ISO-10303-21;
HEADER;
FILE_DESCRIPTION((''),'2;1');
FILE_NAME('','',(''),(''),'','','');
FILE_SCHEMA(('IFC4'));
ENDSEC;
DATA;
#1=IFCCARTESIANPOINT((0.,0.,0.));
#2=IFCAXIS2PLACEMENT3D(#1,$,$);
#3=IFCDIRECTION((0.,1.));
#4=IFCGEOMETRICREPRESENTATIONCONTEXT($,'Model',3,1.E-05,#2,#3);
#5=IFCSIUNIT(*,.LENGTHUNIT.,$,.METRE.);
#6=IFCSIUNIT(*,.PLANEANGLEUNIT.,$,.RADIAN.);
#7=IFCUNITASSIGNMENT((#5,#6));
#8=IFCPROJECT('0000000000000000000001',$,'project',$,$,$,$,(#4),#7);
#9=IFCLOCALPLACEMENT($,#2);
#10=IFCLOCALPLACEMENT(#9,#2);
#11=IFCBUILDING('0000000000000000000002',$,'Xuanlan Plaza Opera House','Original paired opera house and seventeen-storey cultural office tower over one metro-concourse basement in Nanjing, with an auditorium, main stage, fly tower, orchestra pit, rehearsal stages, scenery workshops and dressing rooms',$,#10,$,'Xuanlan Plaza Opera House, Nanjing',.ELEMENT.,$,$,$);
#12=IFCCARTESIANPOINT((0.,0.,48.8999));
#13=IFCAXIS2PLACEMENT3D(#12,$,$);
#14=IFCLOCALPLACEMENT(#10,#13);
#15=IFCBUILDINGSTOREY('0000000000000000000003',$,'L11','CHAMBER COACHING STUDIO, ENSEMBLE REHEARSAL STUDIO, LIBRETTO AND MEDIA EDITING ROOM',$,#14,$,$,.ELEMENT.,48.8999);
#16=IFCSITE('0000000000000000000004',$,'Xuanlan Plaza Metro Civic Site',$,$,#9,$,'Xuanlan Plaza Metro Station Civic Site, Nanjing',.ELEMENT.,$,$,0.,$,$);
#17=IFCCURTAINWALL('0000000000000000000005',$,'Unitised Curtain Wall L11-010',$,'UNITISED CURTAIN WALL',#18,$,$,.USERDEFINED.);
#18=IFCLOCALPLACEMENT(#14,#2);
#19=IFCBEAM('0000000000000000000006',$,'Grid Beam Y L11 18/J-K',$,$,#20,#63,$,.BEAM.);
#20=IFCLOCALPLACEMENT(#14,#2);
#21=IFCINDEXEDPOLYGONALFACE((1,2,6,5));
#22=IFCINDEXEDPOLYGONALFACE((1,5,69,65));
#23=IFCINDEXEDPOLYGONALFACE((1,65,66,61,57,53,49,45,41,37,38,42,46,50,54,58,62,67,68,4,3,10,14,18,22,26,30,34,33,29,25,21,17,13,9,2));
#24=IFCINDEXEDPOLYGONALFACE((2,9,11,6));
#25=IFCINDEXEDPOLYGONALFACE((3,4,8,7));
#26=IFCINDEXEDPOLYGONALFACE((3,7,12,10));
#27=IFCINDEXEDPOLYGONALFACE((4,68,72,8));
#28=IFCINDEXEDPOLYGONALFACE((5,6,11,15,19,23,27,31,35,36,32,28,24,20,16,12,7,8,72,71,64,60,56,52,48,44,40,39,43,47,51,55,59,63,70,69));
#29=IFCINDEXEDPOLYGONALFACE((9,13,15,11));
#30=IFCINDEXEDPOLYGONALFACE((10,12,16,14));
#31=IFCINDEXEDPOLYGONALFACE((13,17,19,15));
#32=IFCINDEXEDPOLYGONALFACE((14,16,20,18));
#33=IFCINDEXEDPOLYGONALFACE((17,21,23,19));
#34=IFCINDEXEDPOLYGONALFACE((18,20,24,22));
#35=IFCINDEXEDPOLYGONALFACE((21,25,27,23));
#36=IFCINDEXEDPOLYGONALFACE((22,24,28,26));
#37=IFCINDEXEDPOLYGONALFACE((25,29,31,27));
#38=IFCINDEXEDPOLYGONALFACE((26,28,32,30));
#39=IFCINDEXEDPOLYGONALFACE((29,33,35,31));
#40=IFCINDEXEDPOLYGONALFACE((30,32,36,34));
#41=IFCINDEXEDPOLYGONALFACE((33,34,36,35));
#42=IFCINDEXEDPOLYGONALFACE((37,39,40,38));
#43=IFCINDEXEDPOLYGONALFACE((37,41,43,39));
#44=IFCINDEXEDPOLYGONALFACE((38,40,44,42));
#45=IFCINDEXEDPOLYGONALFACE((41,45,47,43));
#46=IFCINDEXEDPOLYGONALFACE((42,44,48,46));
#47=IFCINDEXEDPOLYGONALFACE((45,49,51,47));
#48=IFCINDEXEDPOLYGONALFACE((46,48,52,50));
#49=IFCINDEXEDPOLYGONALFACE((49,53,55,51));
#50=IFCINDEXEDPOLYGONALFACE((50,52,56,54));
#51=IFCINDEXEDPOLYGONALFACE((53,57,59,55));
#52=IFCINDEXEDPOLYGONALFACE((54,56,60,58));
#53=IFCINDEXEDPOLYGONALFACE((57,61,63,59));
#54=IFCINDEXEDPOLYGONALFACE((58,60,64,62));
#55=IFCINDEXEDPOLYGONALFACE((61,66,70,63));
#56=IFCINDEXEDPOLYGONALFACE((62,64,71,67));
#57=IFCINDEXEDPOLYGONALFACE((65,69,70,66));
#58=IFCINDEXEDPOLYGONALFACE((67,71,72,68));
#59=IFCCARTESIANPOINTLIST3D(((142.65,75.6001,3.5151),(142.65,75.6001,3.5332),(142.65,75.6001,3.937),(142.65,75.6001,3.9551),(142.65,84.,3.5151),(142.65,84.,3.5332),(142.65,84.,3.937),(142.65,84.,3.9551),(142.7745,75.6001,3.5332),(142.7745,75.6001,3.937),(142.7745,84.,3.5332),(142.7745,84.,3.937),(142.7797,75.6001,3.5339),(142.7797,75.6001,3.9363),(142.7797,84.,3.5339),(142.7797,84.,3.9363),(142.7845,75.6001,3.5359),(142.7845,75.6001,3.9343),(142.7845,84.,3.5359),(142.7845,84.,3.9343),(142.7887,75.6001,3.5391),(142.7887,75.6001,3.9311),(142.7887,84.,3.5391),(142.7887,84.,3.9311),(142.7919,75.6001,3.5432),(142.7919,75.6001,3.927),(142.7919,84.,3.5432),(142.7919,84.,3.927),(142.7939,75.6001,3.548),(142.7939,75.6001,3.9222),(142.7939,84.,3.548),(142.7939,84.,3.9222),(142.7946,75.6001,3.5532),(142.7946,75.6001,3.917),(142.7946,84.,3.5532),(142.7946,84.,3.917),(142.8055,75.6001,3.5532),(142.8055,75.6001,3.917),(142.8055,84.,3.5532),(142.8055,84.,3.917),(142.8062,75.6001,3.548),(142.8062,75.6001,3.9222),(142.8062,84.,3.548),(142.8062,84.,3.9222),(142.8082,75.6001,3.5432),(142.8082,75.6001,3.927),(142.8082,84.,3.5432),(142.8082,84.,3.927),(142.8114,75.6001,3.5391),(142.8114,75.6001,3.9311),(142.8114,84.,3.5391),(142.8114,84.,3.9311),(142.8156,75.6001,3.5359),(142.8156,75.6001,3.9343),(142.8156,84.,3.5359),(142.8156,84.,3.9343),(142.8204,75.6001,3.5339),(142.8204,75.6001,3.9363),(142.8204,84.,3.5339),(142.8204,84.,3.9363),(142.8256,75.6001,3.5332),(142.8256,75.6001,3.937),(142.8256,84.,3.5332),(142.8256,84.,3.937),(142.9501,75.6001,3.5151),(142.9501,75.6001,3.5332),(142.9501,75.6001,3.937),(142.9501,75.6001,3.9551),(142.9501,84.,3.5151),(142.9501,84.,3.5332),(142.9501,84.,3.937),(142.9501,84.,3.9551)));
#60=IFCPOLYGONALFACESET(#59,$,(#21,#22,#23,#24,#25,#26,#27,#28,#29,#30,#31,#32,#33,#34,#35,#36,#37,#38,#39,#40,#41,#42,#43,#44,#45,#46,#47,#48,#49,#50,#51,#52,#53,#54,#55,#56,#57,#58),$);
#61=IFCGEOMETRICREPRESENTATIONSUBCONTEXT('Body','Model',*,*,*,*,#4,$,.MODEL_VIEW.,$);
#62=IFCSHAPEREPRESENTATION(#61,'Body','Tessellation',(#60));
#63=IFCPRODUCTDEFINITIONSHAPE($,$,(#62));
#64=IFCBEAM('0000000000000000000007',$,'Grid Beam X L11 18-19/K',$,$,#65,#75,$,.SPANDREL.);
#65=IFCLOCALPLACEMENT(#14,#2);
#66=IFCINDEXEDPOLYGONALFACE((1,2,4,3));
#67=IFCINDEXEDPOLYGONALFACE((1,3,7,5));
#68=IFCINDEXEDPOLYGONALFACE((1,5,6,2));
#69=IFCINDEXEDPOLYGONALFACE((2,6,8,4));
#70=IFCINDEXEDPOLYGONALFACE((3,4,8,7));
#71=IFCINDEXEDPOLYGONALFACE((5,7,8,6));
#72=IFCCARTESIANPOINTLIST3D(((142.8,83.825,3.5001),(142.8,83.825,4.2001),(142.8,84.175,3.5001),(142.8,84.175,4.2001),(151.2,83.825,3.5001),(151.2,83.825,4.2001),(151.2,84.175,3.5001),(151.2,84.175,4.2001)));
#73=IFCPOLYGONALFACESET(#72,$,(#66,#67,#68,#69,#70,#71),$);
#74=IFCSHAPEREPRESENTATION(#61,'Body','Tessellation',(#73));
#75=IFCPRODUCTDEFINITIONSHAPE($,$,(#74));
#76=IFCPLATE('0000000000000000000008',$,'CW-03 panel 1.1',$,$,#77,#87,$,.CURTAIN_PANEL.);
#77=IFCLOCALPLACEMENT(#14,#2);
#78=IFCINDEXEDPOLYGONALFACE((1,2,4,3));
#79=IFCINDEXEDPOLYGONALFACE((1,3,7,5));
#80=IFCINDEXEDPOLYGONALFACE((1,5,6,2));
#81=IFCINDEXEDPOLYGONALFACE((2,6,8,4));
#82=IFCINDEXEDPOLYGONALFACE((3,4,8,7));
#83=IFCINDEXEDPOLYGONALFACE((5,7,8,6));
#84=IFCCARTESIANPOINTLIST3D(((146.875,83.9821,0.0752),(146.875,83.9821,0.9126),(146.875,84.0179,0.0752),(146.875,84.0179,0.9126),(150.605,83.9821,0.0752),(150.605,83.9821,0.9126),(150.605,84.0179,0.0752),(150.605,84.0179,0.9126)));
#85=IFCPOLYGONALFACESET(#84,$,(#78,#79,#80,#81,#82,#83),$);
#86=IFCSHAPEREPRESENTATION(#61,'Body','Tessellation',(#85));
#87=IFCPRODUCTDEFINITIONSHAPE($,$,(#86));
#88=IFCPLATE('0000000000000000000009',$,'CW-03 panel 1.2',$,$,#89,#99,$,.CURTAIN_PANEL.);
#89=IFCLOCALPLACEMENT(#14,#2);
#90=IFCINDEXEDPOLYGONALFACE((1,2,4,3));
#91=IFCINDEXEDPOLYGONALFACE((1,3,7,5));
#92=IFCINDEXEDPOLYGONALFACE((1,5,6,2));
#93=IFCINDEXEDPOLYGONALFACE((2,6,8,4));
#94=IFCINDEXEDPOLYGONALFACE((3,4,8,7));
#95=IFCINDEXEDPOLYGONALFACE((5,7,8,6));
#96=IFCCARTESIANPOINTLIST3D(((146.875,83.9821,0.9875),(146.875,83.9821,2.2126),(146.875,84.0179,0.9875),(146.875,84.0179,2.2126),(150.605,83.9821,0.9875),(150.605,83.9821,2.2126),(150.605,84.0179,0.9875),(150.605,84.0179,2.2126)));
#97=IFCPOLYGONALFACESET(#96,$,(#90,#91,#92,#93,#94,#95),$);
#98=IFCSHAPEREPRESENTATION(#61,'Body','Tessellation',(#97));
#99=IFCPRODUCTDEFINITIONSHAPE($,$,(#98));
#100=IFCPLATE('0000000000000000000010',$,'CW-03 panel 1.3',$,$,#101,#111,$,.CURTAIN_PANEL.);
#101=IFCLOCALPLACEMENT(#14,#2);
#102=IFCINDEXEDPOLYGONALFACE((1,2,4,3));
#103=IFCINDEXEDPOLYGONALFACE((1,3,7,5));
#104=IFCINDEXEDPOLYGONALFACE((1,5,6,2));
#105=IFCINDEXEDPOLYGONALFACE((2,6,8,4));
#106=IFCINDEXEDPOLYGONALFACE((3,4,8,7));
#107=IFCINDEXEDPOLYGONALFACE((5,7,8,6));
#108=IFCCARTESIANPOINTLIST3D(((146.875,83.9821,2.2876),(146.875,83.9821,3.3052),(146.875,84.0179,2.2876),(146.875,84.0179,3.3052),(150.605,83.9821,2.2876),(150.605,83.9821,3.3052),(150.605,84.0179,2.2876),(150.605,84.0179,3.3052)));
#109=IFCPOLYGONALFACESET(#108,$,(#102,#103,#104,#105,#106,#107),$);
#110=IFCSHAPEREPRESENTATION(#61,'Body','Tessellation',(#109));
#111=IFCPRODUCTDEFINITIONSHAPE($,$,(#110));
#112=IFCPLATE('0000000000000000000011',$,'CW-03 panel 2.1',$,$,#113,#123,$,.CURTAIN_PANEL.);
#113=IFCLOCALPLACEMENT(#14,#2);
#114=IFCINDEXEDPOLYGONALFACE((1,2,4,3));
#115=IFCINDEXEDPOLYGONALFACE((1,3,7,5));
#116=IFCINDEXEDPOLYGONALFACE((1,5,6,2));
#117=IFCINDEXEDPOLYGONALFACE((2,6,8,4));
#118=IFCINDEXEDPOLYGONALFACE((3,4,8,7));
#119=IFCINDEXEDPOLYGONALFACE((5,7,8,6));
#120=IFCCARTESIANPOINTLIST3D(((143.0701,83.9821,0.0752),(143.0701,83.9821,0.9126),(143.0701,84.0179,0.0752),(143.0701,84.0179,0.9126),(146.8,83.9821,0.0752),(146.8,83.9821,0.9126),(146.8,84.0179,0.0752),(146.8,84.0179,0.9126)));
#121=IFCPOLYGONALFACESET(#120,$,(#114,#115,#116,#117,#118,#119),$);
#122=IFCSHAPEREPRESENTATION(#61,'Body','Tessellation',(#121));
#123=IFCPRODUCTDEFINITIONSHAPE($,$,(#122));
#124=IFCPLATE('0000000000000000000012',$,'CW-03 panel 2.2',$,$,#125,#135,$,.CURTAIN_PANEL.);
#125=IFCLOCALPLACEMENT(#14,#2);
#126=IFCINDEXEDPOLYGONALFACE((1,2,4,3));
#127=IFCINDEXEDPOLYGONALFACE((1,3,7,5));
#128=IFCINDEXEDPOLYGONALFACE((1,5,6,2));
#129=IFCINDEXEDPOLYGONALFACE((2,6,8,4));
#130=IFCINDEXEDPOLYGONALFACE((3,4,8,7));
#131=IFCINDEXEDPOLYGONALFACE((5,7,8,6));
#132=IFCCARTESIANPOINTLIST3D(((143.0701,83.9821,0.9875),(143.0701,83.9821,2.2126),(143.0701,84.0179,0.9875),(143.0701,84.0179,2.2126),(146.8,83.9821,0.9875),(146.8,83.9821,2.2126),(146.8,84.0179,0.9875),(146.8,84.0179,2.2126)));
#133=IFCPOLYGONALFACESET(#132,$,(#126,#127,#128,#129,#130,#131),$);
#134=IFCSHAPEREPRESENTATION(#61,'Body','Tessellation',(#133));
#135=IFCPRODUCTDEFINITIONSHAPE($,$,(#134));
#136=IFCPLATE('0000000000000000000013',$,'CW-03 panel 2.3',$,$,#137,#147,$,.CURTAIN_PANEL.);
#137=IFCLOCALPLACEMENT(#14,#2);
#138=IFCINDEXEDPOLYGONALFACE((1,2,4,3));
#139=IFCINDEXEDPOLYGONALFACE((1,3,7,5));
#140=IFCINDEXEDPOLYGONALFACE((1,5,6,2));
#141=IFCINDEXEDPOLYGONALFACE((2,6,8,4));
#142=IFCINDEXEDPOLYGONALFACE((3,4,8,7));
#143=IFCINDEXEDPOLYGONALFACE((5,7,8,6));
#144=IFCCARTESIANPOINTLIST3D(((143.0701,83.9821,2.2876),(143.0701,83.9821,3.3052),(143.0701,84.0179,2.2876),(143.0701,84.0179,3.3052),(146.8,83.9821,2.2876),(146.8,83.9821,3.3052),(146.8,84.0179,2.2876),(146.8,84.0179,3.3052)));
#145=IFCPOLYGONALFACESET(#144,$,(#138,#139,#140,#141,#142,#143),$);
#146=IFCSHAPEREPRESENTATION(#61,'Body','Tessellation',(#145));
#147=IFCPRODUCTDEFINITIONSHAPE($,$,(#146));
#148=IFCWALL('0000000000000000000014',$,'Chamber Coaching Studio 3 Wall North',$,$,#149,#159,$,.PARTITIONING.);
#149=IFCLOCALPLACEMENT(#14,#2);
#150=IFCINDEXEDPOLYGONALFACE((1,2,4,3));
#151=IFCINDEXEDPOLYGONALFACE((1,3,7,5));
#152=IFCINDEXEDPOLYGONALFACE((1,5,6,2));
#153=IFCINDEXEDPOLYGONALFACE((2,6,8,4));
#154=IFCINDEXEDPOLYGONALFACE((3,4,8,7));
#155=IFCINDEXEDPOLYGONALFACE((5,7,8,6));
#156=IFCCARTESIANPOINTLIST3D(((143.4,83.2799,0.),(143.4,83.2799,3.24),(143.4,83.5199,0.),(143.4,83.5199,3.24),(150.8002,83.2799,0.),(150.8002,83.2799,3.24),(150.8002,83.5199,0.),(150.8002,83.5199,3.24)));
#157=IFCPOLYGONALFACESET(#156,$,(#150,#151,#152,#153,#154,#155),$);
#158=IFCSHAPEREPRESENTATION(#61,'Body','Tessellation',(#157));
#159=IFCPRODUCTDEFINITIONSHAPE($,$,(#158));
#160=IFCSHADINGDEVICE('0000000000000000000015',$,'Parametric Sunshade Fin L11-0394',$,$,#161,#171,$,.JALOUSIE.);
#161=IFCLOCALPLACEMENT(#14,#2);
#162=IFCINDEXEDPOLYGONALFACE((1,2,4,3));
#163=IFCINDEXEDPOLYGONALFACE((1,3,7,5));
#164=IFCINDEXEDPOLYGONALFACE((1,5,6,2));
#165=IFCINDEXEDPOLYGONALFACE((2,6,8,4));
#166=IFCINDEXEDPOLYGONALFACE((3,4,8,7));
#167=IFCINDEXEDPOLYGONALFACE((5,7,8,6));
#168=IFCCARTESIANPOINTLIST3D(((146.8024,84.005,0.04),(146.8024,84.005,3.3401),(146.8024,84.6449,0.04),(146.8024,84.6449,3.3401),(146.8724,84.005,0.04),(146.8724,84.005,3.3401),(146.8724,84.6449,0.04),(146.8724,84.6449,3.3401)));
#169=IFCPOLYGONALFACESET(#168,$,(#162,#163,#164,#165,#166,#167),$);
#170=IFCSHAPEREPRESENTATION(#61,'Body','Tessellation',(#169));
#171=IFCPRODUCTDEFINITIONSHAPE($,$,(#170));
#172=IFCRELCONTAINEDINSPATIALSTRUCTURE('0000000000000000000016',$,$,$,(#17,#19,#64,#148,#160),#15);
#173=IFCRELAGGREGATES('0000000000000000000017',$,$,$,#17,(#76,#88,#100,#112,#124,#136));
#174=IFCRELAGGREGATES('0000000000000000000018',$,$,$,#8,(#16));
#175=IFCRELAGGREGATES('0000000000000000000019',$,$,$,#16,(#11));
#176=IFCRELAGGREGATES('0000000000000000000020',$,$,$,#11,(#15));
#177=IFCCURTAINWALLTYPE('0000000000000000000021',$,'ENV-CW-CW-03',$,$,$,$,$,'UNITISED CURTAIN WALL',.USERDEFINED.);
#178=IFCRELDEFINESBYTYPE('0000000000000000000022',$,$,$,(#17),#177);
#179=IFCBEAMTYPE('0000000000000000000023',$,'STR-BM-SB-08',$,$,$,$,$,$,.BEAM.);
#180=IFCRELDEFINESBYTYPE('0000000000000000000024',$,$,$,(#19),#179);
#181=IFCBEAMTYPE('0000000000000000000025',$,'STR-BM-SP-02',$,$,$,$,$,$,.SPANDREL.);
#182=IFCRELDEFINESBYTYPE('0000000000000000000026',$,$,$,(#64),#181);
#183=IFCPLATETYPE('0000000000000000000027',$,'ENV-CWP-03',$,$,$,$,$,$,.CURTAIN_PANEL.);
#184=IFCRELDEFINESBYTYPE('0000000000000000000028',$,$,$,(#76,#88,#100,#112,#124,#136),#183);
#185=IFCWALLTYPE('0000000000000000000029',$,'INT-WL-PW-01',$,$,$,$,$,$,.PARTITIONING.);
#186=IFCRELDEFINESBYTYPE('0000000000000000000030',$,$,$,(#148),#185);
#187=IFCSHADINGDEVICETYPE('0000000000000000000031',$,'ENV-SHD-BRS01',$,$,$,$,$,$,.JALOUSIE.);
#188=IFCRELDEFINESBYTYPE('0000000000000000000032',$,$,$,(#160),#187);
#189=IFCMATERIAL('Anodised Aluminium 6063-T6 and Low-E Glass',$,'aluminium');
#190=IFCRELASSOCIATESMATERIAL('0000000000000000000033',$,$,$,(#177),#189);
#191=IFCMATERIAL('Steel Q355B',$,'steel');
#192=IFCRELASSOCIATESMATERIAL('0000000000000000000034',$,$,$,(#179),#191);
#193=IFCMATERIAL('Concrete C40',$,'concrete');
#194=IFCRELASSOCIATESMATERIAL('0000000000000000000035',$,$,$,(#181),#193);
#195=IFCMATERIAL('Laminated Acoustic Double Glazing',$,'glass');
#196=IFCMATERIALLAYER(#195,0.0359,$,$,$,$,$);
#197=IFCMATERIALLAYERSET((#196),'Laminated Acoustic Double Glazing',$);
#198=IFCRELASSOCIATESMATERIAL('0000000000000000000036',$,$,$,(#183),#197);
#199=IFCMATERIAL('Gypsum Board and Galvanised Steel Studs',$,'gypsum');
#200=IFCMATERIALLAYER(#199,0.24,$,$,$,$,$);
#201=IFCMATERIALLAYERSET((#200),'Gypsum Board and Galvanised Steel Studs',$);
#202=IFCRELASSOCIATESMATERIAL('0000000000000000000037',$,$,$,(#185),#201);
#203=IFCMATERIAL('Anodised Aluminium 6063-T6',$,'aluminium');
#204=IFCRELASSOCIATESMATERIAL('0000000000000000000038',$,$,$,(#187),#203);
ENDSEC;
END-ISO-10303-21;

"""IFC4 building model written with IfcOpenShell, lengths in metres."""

from ifc_helpers import new_model, si_unit, direction, frame, frame_2d, origin, origin_2d, place, context, subcontext, project, spatial, rectangle, i_section, extrude, material, layer, layer_set, material_profile, profile_set, type_object, element, aggregate, save


model = new_model("IFC4")

# Units and contexts
model_context = context("Model", 3, precision=1e-05, world=origin(), true_north=direction((0.0, 1.0)))
body_context = subcontext(model_context, "Body", "Model", "MODEL_VIEW")
ifc_project = project(units=[si_unit("LENGTHUNIT", "METRE"), si_unit("PLANEANGLEUNIT", "RADIAN")], contexts=[model_context])

# Site, building, storey
site_placement = place(None, origin())
site = spatial("IfcSite", under=ifc_project, at=site_placement, Name="Xuanlan Plaza Metro Civic Site", LongName="Xuanlan Plaza Metro Station Civic Site, Nanjing", CompositionType="ELEMENT", RefElevation=0.0)
building_placement = place(site_placement, origin())
building = spatial("IfcBuilding", under=site, at=building_placement, Name="Xuanlan Plaza Opera House", Description="Original paired opera house and seventeen-storey cultural office tower over one metro-concourse basement in Nanjing, with an auditorium, main stage, fly tower, orchestra pit, rehearsal stages, scenery workshops and dressing rooms", LongName="Xuanlan Plaza Opera House, Nanjing", CompositionType="ELEMENT")
storey_placement = place(building_placement, frame((0.0, 0.0, 48.8999)))
storey = spatial("IfcBuildingStorey", under=building, at=storey_placement, Name="L11", Description="CHAMBER COACHING STUDIO, ENSEMBLE REHEARSAL STUDIO, LIBRETTO AND MEDIA EDITING ROOM", CompositionType="ELEMENT", Elevation=48.8999)

# Shared definitions
ifc_material_1 = material(Name="Steel Q355B", Category="steel")

# Curtain wall
ifc_material_2 = material(Name="Anodised Aluminium 6063-T6 and Low-E Glass", Category="aluminium")
curtain_wall_type_1 = type_object("IfcCurtainWallType", Name="ENV-CW-CW-03", ElementType="UNITISED CURTAIN WALL", PredefinedType="USERDEFINED", material=ifc_material_2)
curtain_wall_1_placement = place(storey_placement, origin())
curtain_wall_1 = element("IfcCurtainWall", 1, at=curtain_wall_1_placement, inside=storey, type_object=curtain_wall_type_1, Name="Unitised Curtain Wall L11-010", ObjectType="UNITISED CURTAIN WALL", PredefinedType="USERDEFINED")
ifc_material_3 = material(Name="Anodised Aluminium 6063-T6", Category="aluminium")

# Beams
ifc_material_4 = material(Name="Concrete C40", Category="concrete")
ifc_material_profile_1 = material_profile(ifc_material_1, i_section(OverallWidth=0.3, OverallDepth=0.4399, WebThickness=0.011, FlangeThickness=0.0181, FilletRadius=0.02, at=origin_2d()), Name="HM 440x300x11x18")
ifc_profile_set_1 = profile_set([ifc_material_profile_1], Name="Steel Q355B")
beam_type_1 = type_object("IfcBeamType", Name="STR-BM-SB-08", PredefinedType="BEAM", material=ifc_profile_set_1)
beam_1_placement = place(storey_placement, frame((142.8, 75.6001, 3.7351), z_axis=(0.0, 1.0, 0.0), x_axis=(-1.0, 0.0, 0.0)))
element("IfcBeam", 2, at=beam_1_placement, inside=storey, type_object=beam_type_1, Name="Grid Beam Y L11 18/J-K", PredefinedType="BEAM", context=body_context, shape_type="SweptSolid", body=[
    extrude(i_section(OverallWidth=0.3, OverallDepth=0.4399, WebThickness=0.011, FlangeThickness=0.0181, FilletRadius=0.02, at=origin_2d()), origin(), (0.0, 0.0, 1.0), 8.3999),
])
ifc_material_profile_2 = material_profile(ifc_material_4, rectangle(XDim=0.3501, YDim=0.7, at=origin_2d()), Name="RC-SPD 350x700")
ifc_profile_set_2 = profile_set([ifc_material_profile_2], Name="Concrete C40")
beam_type_2 = type_object("IfcBeamType", Name="STR-BM-SP-02", PredefinedType="SPANDREL", material=ifc_profile_set_2)
beam_2_placement = place(storey_placement, frame((142.8, 84.0, 3.8501), z_axis=(1.0, 0.0, 0.0), x_axis=(0.0, 1.0, 0.0)))
element("IfcBeam", 3, at=beam_2_placement, inside=storey, type_object=beam_type_2, Name="Grid Beam X L11 18-19/K", PredefinedType="SPANDREL", context=body_context, shape_type="SweptSolid", body=[
    extrude(rectangle(XDim=0.3501, YDim=0.7, at=origin_2d()), origin(), (0.0, 0.0, 1.0), 8.3999),
])

# Plates
ifc_material_5 = material(Name="Laminated Acoustic Double Glazing", Category="glass")
ifc_layer_1 = layer(ifc_material_5, 0.0359)
ifc_layer_set_1 = layer_set([ifc_layer_1], Name="Laminated Acoustic Double Glazing")
plate_type = type_object("IfcPlateType", Name="ENV-CWP-03", PredefinedType="CURTAIN_PANEL", material=ifc_layer_set_1)
plate_1_placement = place(storey_placement, frame((148.74, 84.0, 0.0752), z_axis=(0.0, 0.0, 1.0), x_axis=(-1.0, 0.0, 0.0)))
plate_1 = element("IfcPlate", 4, at=plate_1_placement, type_object=plate_type, Name="CW-03 panel 1.1", PredefinedType="CURTAIN_PANEL", context=body_context, shape_type="SweptSolid", body=[
    extrude(rectangle(XDim=3.73, YDim=0.0359, at=origin_2d()), origin(), (0.0, 0.0, 1.0), 0.8374),
])
plate_2_placement = place(storey_placement, frame((148.74, 84.0, 0.9875), z_axis=(0.0, 0.0, 1.0), x_axis=(-1.0, 0.0, 0.0)))
plate_2 = element("IfcPlate", 5, at=plate_2_placement, type_object=plate_type, Name="CW-03 panel 1.2", PredefinedType="CURTAIN_PANEL", context=body_context, shape_type="SweptSolid", body=[
    extrude(rectangle(XDim=3.73, YDim=0.0359, at=origin_2d()), origin(), (0.0, 0.0, 1.0), 1.2251),
])
plate_3_placement = place(storey_placement, frame((148.74, 84.0, 2.2876), z_axis=(0.0, 0.0, 1.0), x_axis=(-1.0, 0.0, 0.0)))
plate_3 = element("IfcPlate", 6, at=plate_3_placement, type_object=plate_type, Name="CW-03 panel 1.3", PredefinedType="CURTAIN_PANEL", context=body_context, shape_type="SweptSolid", body=[
    extrude(rectangle(XDim=3.73, YDim=0.0359, at=origin_2d()), origin(), (0.0, 0.0, 1.0), 1.0176),
])
plate_4_placement = place(storey_placement, frame((144.9351, 84.0, 0.0752), z_axis=(0.0, 0.0, 1.0), x_axis=(-1.0, 0.0, 0.0)))
plate_4 = element("IfcPlate", 7, at=plate_4_placement, type_object=plate_type, Name="CW-03 panel 2.1", PredefinedType="CURTAIN_PANEL", context=body_context, shape_type="SweptSolid", body=[
    extrude(rectangle(XDim=3.73, YDim=0.0359, at=origin_2d()), origin(), (0.0, 0.0, 1.0), 0.8374),
])
plate_5_placement = place(storey_placement, frame((144.9351, 84.0, 0.9875), z_axis=(0.0, 0.0, 1.0), x_axis=(-1.0, 0.0, 0.0)))
plate_5 = element("IfcPlate", 8, at=plate_5_placement, type_object=plate_type, Name="CW-03 panel 2.2", PredefinedType="CURTAIN_PANEL", context=body_context, shape_type="SweptSolid", body=[
    extrude(rectangle(XDim=3.73, YDim=0.0359, at=origin_2d()), origin(), (0.0, 0.0, 1.0), 1.2251),
])
plate_6_placement = place(storey_placement, frame((144.9351, 84.0, 2.2876), z_axis=(0.0, 0.0, 1.0), x_axis=(-1.0, 0.0, 0.0)))
plate_6 = element("IfcPlate", 9, at=plate_6_placement, type_object=plate_type, Name="CW-03 panel 2.3", PredefinedType="CURTAIN_PANEL", context=body_context, shape_type="SweptSolid", body=[
    extrude(rectangle(XDim=3.73, YDim=0.0359, at=origin_2d()), origin(), (0.0, 0.0, 1.0), 1.0176),
])
aggregate(curtain_wall_1, [plate_1, plate_2, plate_3, plate_4, plate_5, plate_6])

# Wall
ifc_material_6 = material(Name="Gypsum Board and Galvanised Steel Studs", Category="gypsum")
ifc_layer_2 = layer(ifc_material_6, 0.24)
ifc_layer_set_2 = layer_set([ifc_layer_2], Name="Gypsum Board and Galvanised Steel Studs")
wall_type = type_object("IfcWallType", Name="INT-WL-PW-01", PredefinedType="PARTITIONING", material=ifc_layer_set_2)
wall_placement = place(storey_placement, frame((143.3999, 83.3999, 0.0), z_axis=(0.0, 0.0, 1.0), x_axis=(1.0, 0.0, 0.0)))
element("IfcWall", 10, at=wall_placement, inside=storey, type_object=wall_type, Name="Chamber Coaching Studio 3 Wall North", PredefinedType="PARTITIONING", context=body_context, shape_type="SweptSolid", body=[
    extrude(rectangle(XDim=7.4001, YDim=0.24, at=frame_2d((3.7002, 0.0))), origin(), (0.0, 0.0, 1.0), 3.24),
])

# Shading device
shading_device_type = type_object("IfcShadingDeviceType", Name="ENV-SHD-BRS01", PredefinedType="JALOUSIE", material=ifc_material_3)
shading_device_placement = place(storey_placement, frame((146.8374, 84.325, 0.04), z_axis=(0.0, 0.0, 1.0), x_axis=(0.0, 1.0, 0.0)))
element("IfcShadingDevice", 11, at=shading_device_placement, inside=storey, type_object=shading_device_type, Name="Parametric Sunshade Fin L11-0394", PredefinedType="JALOUSIE", context=body_context, shape_type="SweptSolid", body=[
    extrude(rectangle(XDim=0.6399, YDim=0.0701, at=origin_2d()), origin(), (0.0, 0.0, 1.0), 3.3),
])

save(model, "model.ifc")
